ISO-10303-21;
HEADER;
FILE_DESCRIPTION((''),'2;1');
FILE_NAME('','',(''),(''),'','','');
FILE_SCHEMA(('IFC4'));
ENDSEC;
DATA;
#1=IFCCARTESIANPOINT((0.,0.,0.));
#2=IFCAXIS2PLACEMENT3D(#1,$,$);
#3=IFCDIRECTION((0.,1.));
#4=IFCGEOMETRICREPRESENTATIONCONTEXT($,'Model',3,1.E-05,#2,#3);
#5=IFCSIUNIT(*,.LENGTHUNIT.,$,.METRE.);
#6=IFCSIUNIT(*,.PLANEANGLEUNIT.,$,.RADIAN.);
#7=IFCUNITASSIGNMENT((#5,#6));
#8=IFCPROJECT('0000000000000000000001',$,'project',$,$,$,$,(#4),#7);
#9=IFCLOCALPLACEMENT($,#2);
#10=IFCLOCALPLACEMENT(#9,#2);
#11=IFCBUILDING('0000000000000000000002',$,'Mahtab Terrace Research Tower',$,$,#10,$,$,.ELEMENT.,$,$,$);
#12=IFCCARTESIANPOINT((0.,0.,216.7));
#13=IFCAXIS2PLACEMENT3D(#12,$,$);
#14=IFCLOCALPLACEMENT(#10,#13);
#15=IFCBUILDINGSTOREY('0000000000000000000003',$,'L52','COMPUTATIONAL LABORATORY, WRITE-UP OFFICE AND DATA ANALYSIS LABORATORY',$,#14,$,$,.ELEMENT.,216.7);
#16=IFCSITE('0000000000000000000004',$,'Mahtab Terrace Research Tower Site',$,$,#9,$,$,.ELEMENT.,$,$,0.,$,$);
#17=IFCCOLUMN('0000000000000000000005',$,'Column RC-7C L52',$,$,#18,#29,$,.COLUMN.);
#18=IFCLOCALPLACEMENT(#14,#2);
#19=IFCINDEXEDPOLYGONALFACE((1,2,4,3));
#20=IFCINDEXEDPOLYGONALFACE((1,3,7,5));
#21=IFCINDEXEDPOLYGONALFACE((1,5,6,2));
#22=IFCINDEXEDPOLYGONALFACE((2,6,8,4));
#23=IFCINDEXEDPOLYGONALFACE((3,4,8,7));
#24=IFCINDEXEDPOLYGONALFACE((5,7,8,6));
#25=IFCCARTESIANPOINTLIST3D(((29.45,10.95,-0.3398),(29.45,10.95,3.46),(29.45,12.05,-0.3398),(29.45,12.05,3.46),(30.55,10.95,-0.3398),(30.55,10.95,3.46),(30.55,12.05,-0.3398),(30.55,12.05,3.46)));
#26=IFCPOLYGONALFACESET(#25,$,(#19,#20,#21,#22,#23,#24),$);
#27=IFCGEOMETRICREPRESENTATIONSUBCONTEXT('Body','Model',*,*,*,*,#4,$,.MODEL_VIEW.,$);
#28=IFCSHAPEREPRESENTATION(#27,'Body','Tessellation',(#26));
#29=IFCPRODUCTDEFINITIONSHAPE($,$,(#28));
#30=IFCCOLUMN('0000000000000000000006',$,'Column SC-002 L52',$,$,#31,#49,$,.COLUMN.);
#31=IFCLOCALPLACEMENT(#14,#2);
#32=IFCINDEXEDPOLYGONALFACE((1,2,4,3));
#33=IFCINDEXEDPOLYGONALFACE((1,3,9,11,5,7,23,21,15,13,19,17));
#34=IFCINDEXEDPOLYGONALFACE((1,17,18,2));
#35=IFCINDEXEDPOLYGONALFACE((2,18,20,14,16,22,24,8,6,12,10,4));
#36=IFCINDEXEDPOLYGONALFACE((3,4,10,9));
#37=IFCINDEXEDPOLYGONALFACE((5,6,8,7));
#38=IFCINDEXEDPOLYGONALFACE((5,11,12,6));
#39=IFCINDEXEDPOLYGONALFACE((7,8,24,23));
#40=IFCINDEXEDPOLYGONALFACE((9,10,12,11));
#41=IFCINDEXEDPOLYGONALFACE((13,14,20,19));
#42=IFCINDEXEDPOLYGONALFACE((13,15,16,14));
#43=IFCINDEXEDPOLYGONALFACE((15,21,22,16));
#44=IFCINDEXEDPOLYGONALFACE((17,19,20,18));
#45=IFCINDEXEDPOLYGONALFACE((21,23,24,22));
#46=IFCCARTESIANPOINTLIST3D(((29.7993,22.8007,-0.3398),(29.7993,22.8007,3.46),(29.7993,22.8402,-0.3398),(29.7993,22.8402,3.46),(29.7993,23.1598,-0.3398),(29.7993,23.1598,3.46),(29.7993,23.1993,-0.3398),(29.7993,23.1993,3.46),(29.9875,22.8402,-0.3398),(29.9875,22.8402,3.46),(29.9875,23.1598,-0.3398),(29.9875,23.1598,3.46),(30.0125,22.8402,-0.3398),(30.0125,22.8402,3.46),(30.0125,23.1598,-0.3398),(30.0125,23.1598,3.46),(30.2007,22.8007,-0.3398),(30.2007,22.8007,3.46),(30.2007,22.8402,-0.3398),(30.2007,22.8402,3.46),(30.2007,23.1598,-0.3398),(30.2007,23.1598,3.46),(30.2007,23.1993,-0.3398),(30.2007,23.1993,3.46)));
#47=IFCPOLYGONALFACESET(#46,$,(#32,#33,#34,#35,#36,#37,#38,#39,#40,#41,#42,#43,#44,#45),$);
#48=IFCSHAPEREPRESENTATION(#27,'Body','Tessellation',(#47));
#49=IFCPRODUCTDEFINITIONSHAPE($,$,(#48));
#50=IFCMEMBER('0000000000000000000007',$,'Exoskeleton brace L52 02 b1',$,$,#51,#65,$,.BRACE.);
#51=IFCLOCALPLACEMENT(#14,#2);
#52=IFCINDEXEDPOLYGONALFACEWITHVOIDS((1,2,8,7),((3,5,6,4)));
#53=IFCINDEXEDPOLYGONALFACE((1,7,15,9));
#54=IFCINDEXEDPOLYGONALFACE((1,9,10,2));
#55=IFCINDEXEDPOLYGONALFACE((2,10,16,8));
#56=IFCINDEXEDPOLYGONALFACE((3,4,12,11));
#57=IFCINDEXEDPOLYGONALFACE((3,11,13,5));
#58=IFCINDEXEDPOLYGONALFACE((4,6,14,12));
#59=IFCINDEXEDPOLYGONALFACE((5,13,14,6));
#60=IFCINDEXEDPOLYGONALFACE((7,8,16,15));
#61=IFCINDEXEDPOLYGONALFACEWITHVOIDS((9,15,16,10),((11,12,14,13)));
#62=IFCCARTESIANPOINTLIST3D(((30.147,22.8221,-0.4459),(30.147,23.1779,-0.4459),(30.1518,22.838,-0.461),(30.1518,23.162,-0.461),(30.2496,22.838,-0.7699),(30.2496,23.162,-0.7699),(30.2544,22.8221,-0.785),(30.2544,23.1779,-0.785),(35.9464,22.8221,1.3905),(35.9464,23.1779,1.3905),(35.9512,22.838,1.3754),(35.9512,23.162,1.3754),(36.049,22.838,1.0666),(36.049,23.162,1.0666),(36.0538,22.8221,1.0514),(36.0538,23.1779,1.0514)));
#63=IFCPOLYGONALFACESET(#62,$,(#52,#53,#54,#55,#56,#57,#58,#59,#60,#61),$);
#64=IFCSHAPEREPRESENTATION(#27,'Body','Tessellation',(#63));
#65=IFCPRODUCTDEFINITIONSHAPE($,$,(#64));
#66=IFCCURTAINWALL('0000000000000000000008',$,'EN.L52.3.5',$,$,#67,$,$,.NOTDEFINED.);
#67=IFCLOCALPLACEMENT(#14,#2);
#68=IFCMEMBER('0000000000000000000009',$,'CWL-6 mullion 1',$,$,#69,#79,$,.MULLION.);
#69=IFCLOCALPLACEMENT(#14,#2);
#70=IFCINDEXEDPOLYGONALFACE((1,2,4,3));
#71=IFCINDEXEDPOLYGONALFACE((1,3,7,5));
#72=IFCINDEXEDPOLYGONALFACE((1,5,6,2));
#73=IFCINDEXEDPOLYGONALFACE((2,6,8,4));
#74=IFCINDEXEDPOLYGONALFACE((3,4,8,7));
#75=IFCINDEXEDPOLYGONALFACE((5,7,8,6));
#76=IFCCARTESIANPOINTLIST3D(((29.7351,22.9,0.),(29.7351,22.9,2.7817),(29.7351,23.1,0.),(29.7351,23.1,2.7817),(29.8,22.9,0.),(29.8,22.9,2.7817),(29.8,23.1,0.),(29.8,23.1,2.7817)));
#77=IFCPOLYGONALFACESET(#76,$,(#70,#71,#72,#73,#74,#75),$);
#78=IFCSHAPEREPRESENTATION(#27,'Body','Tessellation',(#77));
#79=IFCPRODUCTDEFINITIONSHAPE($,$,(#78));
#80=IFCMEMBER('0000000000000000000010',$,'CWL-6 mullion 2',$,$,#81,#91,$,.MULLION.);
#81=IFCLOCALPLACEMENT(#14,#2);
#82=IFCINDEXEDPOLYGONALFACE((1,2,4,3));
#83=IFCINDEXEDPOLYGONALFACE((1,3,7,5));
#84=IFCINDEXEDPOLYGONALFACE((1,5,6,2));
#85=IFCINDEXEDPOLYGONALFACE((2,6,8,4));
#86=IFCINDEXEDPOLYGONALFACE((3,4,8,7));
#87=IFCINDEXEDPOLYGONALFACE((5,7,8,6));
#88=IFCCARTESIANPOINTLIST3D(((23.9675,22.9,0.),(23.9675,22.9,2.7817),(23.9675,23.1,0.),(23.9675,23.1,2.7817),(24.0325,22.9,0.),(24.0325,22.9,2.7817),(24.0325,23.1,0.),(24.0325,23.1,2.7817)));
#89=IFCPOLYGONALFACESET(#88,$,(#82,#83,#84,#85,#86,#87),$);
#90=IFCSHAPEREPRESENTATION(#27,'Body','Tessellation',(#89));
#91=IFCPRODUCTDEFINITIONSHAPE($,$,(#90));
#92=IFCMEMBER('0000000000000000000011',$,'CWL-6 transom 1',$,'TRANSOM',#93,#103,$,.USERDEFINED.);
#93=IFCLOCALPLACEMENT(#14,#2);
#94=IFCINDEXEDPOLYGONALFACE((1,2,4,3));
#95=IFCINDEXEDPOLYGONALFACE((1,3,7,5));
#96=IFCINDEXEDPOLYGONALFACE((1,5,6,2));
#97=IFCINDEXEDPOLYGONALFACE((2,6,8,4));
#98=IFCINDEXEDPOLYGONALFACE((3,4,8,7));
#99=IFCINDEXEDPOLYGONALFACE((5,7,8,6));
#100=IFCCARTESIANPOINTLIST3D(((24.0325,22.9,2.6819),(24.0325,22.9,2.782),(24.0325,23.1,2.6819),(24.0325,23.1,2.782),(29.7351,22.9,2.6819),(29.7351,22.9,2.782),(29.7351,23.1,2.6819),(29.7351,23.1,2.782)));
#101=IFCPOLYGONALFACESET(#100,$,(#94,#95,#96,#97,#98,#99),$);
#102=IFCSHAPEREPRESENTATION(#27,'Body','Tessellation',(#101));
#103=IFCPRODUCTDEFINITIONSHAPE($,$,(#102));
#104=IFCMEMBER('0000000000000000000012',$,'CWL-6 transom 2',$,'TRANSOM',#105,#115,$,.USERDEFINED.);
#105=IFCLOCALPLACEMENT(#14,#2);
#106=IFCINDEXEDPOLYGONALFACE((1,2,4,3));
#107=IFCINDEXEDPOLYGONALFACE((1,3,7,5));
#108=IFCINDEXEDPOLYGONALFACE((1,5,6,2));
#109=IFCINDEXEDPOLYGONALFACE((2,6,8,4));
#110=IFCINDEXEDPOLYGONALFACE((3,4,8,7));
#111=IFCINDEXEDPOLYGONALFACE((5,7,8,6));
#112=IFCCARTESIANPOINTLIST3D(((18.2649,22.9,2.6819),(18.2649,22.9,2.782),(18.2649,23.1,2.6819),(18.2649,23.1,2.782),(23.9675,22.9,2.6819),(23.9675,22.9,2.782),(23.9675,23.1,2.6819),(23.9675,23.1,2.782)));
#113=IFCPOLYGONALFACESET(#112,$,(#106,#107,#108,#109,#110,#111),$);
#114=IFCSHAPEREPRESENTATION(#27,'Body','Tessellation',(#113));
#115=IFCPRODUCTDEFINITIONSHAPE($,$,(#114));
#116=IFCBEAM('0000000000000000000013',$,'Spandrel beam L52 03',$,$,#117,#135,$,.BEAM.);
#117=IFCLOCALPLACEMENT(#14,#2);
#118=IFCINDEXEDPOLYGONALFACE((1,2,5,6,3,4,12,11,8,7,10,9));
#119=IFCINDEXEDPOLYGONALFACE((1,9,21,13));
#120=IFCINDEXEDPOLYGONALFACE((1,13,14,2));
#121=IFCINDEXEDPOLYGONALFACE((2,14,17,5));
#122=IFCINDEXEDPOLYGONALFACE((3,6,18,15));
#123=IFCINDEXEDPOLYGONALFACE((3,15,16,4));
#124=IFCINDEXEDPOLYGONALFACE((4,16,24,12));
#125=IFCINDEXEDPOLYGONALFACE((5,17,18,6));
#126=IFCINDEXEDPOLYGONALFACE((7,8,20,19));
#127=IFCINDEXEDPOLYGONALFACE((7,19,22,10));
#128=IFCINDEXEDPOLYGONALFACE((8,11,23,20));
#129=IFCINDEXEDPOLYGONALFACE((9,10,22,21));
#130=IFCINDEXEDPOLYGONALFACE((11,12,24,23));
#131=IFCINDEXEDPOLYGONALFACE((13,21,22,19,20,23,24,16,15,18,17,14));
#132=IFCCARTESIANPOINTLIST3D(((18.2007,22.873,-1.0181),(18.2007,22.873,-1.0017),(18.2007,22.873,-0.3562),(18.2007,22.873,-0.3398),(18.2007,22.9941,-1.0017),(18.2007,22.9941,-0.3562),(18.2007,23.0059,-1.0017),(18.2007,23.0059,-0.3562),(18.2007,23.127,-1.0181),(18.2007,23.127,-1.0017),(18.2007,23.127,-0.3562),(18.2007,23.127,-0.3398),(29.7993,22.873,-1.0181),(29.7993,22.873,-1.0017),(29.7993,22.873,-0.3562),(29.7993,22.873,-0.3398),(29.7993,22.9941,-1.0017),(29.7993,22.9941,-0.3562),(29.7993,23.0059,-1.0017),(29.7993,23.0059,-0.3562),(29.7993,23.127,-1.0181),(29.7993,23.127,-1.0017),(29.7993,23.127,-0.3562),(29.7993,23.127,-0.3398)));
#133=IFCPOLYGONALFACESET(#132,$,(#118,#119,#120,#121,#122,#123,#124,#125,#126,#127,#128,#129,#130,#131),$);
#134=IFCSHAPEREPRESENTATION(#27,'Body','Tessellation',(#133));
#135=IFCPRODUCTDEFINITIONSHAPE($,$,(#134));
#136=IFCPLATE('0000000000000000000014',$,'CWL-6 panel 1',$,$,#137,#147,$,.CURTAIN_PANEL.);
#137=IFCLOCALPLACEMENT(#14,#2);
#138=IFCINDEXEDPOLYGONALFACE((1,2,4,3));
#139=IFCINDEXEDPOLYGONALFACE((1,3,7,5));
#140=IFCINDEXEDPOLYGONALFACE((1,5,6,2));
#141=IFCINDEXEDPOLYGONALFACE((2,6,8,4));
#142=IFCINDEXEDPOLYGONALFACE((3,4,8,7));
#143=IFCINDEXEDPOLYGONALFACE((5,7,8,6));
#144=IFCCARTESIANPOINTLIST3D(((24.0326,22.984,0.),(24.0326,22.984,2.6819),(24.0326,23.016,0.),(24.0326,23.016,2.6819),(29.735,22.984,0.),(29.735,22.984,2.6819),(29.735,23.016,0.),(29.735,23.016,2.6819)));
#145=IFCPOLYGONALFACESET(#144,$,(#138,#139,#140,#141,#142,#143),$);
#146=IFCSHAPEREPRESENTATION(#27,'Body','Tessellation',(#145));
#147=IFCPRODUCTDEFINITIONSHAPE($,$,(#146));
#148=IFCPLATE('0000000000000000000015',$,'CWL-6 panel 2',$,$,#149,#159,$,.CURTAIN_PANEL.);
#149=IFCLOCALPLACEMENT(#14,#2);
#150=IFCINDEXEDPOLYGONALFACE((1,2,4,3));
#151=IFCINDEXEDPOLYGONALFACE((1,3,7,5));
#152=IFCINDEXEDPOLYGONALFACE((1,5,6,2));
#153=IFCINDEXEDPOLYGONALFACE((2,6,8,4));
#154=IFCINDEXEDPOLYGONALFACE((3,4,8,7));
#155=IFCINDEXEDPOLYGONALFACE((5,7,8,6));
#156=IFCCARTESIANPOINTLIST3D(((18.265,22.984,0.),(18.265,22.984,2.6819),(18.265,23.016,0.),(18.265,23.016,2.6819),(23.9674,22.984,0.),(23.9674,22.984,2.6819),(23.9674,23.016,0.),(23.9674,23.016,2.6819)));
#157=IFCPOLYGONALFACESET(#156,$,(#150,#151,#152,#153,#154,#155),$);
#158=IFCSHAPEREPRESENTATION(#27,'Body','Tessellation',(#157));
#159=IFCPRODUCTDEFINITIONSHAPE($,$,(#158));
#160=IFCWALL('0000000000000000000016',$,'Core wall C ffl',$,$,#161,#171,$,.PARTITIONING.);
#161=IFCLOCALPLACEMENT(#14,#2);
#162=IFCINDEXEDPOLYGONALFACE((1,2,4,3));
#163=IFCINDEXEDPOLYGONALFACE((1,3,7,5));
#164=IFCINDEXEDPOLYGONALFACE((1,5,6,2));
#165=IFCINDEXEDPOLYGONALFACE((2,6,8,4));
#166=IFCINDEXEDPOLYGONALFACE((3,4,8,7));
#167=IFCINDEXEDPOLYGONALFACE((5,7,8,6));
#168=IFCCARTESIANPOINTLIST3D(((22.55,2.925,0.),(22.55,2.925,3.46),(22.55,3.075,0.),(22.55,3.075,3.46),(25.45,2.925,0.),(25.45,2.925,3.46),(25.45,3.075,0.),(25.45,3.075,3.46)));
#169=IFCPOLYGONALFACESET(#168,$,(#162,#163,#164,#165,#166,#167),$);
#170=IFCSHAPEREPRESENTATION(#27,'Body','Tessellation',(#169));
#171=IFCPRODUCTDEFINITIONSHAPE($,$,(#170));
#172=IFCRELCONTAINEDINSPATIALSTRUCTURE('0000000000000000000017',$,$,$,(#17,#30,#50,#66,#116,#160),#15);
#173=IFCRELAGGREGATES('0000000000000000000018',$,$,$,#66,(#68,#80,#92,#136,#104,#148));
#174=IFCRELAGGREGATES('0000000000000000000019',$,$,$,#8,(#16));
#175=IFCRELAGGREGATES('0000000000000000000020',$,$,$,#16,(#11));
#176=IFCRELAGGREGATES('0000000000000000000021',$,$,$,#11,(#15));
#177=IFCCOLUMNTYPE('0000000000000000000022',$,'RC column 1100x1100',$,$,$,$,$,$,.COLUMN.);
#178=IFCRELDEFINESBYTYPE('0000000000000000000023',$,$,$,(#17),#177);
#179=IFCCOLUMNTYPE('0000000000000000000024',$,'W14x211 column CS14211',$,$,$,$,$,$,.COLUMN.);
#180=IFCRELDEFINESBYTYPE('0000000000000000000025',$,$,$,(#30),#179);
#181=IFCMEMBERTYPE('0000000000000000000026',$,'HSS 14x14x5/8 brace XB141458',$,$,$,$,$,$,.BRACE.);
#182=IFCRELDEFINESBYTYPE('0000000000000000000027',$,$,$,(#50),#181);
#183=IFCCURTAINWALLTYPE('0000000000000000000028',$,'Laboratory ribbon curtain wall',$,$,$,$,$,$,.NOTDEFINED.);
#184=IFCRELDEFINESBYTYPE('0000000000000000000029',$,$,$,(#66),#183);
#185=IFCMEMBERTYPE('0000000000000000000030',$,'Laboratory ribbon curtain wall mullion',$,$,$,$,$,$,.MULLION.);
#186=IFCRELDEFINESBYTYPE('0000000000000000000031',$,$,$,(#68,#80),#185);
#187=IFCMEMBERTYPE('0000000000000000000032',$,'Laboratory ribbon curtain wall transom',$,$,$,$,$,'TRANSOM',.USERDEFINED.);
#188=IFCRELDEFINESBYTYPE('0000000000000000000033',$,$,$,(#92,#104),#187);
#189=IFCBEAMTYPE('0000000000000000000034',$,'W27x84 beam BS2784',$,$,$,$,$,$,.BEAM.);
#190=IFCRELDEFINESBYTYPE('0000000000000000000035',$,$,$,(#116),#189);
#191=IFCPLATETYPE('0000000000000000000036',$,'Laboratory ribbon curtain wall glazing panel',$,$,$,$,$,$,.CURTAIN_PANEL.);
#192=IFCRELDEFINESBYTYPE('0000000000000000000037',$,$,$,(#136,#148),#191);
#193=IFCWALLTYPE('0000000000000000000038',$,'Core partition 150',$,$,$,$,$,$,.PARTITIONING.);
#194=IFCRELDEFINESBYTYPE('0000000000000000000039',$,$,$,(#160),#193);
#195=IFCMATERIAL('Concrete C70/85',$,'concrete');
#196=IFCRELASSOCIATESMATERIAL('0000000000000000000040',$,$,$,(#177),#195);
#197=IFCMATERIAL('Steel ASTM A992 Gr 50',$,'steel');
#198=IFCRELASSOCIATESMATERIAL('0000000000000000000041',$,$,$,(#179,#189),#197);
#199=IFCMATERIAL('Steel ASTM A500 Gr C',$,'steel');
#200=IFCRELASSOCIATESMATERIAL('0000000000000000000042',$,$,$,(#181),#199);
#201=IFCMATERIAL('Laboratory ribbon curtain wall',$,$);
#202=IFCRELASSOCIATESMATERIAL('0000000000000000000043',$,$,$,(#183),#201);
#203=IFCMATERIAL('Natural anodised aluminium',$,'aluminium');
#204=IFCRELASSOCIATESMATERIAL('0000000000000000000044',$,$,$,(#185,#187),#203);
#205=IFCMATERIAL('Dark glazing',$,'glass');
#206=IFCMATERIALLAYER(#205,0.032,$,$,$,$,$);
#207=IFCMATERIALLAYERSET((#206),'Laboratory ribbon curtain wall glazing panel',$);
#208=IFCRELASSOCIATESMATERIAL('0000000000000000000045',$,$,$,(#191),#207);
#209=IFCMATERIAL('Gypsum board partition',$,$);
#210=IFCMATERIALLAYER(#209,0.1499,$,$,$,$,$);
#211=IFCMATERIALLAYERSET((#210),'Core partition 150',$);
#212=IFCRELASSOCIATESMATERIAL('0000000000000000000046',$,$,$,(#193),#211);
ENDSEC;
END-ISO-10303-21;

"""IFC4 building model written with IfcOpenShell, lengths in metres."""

from ifc_helpers import new_model, si_unit, direction, frame, frame_2d, origin, origin_2d, place, context, subcontext, project, spatial, rectangle, hollow_rectangle, i_section, extrude, material, layer, layer_set, material_profile, profile_set, type_object, element, aggregate, save


model = new_model("IFC4")

# Units and contexts
model_context = context("Model", 3, precision=1e-05, world=origin(), true_north=direction((0.0, 1.0)))
body_context = subcontext(model_context, "Body", "Model", "MODEL_VIEW")
ifc_project = project(units=[si_unit("LENGTHUNIT", "METRE"), si_unit("PLANEANGLEUNIT", "RADIAN")], contexts=[model_context])

# Site, building, storey
site_placement = place(None, origin())
site = spatial("IfcSite", under=ifc_project, at=site_placement, Name="Mahtab Terrace Research Tower Site", CompositionType="ELEMENT", RefElevation=0.0)
building_placement = place(site_placement, origin())
building = spatial("IfcBuilding", under=site, at=building_placement, Name="Mahtab Terrace Research Tower", CompositionType="ELEMENT")
storey_placement = place(building_placement, frame((0.0, 0.0, 216.7)))
storey = spatial("IfcBuildingStorey", under=building, at=storey_placement, Name="L52", Description="COMPUTATIONAL LABORATORY, WRITE-UP OFFICE AND DATA ANALYSIS LABORATORY", CompositionType="ELEMENT", Elevation=216.7)

# Columns
ifc_material_1 = material(Name="Concrete C70/85", Category="concrete")
ifc_material_profile_1 = material_profile(ifc_material_1, rectangle(XDim=1.1001, YDim=1.1001, at=origin_2d()), Name="RC column 1100x1100")
ifc_profile_set_1 = profile_set([ifc_material_profile_1], Name="Concrete C70/85")
column_type_1 = type_object("IfcColumnType", Name="RC column 1100x1100", PredefinedType="COLUMN", material=ifc_profile_set_1)
column_1_placement = place(storey_placement, frame((30.0, 11.5, -0.3398), z_axis=(0.0, 0.0, 1.0), x_axis=(1.0, 0.0, 0.0)))
element("IfcColumn", 1, at=column_1_placement, inside=storey, type_object=column_type_1, Name="Column RC-7C L52", PredefinedType="COLUMN", context=body_context, shape_type="SweptSolid", body=[
    extrude(rectangle(XDim=1.1001, YDim=1.1001, at=origin_2d()), origin(), (0.0, 0.0, 1.0), 3.7998),
])
ifc_material_2 = material(Name="Steel ASTM A992 Gr 50", Category="steel")
ifc_material_profile_2 = material_profile(ifc_material_2, i_section(OverallWidth=0.4014, OverallDepth=0.3987, WebThickness=0.0249, FlangeThickness=0.0396, at=origin_2d()), Name="W14X211")
ifc_profile_set_2 = profile_set([ifc_material_profile_2], Name="Steel ASTM A992 Gr 50")
column_type_2 = type_object("IfcColumnType", Name="W14x211 column CS14211", PredefinedType="COLUMN", material=ifc_profile_set_2)
column_2_placement = place(storey_placement, frame((30.0, 23.0, -0.3398), z_axis=(0.0, 0.0, 1.0), x_axis=(1.0, 0.0, 0.0)))
element("IfcColumn", 2, at=column_2_placement, inside=storey, type_object=column_type_2, Name="Column SC-002 L52", PredefinedType="COLUMN", context=body_context, shape_type="SweptSolid", body=[
    extrude(i_section(OverallWidth=0.4014, OverallDepth=0.3987, WebThickness=0.0249, FlangeThickness=0.0396, at=origin_2d()), origin(), (0.0, 0.0, 1.0), 3.7998),
])

# Member
ifc_material_3 = material(Name="Steel ASTM A500 Gr C", Category="steel")
ifc_material_profile_3 = material_profile(ifc_material_3, hollow_rectangle(XDim=0.3557, YDim=0.3557, WallThickness=0.0159, at=origin_2d()), Name="HSS14X14X5/8")
ifc_profile_set_3 = profile_set([ifc_material_profile_3], Name="Steel ASTM A500 Gr C")
member_type_1 = type_object("IfcMemberType", Name="HSS 14x14x5/8 brace XB141458", PredefinedType="BRACE", material=ifc_profile_set_3)
member_1_placement = place(storey_placement, frame((30.2007, 23.0, -0.6155), z_axis=(0.953343, 0.0, 0.301888), x_axis=(0.0, 1.0, 0.0)))
element("IfcMember", 3, at=member_1_placement, inside=storey, type_object=member_type_1, Name="Exoskeleton brace L52 02 b1", PredefinedType="BRACE", context=body_context, shape_type="SweptSolid", body=[
    extrude(hollow_rectangle(XDim=0.3557, YDim=0.3557, WallThickness=0.0159, at=origin_2d()), origin(), (0.0, 0.0, 1.0), 6.0833),
])

# Curtain wall, members
ifc_material_4 = material(Name="Laboratory ribbon curtain wall")
curtain_wall_type = type_object("IfcCurtainWallType", Name="Laboratory ribbon curtain wall", PredefinedType="NOTDEFINED", material=ifc_material_4)
curtain_wall_placement = place(storey_placement, origin())
curtain_wall = element("IfcCurtainWall", 4, at=curtain_wall_placement, inside=storey, type_object=curtain_wall_type, Name="EN.L52.3.5", PredefinedType="NOTDEFINED")
ifc_material_5 = material(Name="Natural anodised aluminium", Category="aluminium")
ifc_material_profile_4 = material_profile(ifc_material_5, rectangle(XDim=0.2, YDim=0.0649, at=origin_2d()), Name="MULLION 65x200")
ifc_profile_set_4 = profile_set([ifc_material_profile_4], Name="Natural anodised aluminium")
member_type_2 = type_object("IfcMemberType", Name="Laboratory ribbon curtain wall mullion", PredefinedType="MULLION", material=ifc_profile_set_4)
member_2_placement = place(storey_placement, frame((29.7676, 23.0, 0.0), z_axis=(0.0, 0.0, 1.0), x_axis=(0.0, -1.0, 0.0)))
member_2 = element("IfcMember", 5, at=member_2_placement, type_object=member_type_2, Name="CWL-6 mullion 1", PredefinedType="MULLION", context=body_context, shape_type="SweptSolid", body=[
    extrude(rectangle(XDim=0.2, YDim=0.0649, at=origin_2d()), origin(), (0.0, 0.0, 1.0), 2.7817),
])
member_3_placement = place(storey_placement, frame((24.0, 23.0, 0.0), z_axis=(0.0, 0.0, 1.0), x_axis=(0.0, -1.0, 0.0)))
member_3 = element("IfcMember", 6, at=member_3_placement, type_object=member_type_2, Name="CWL-6 mullion 2", PredefinedType="MULLION", context=body_context, shape_type="SweptSolid", body=[
    extrude(rectangle(XDim=0.2, YDim=0.0649, at=origin_2d()), origin(), (0.0, 0.0, 1.0), 2.7817),
])
ifc_material_profile_5 = material_profile(ifc_material_5, rectangle(XDim=0.2, YDim=0.1001, at=origin_2d()), Name="TRANSOM 100x200")
ifc_profile_set_5 = profile_set([ifc_material_profile_5], Name="Natural anodised aluminium")
member_type_3 = type_object("IfcMemberType", Name="Laboratory ribbon curtain wall transom", ElementType="TRANSOM", PredefinedType="USERDEFINED", material=ifc_profile_set_5)
member_4_placement = place(storey_placement, frame((29.7351, 23.0, 2.7319), z_axis=(-1.0, 0.0, 0.0), x_axis=(0.0, -1.0, 0.0)))
member_4 = element("IfcMember", 7, at=member_4_placement, type_object=member_type_3, Name="CWL-6 transom 1", ObjectType="TRANSOM", PredefinedType="USERDEFINED", context=body_context, shape_type="SweptSolid", body=[
    extrude(rectangle(XDim=0.2, YDim=0.1001, at=origin_2d()), origin(), (0.0, 0.0, 1.0), 5.7026),
])
member_5_placement = place(storey_placement, frame((23.9675, 23.0, 2.7319), z_axis=(-1.0, 0.0, 0.0), x_axis=(0.0, -1.0, 0.0)))
member_5 = element("IfcMember", 8, at=member_5_placement, type_object=member_type_3, Name="CWL-6 transom 2", ObjectType="TRANSOM", PredefinedType="USERDEFINED", context=body_context, shape_type="SweptSolid", body=[
    extrude(rectangle(XDim=0.2, YDim=0.1001, at=origin_2d()), origin(), (0.0, 0.0, 1.0), 5.7026),
])

# Beam
ifc_material_profile_6 = material_profile(ifc_material_2, i_section(OverallWidth=0.2539, OverallDepth=0.6782, WebThickness=0.0117, FlangeThickness=0.0164, at=origin_2d()), Name="W27X84")
ifc_profile_set_6 = profile_set([ifc_material_profile_6], Name="Steel ASTM A992 Gr 50")
beam_type = type_object("IfcBeamType", Name="W27x84 beam BS2784", PredefinedType="BEAM", material=ifc_profile_set_6)
beam_placement = place(storey_placement, frame((29.7993, 23.0, -0.679), z_axis=(-1.0, 0.0, 0.0), x_axis=(0.0, -1.0, 0.0)))
element("IfcBeam", 9, at=beam_placement, inside=storey, type_object=beam_type, Name="Spandrel beam L52 03", PredefinedType="BEAM", context=body_context, shape_type="SweptSolid", body=[
    extrude(i_section(OverallWidth=0.2539, OverallDepth=0.6782, WebThickness=0.0117, FlangeThickness=0.0164, at=origin_2d()), origin(), (0.0, 0.0, 1.0), 11.5986),
])

# Plates
ifc_material_6 = material(Name="Dark glazing", Category="glass")
ifc_layer_1 = layer(ifc_material_6, 0.032)
ifc_layer_set_1 = layer_set([ifc_layer_1], Name="Laboratory ribbon curtain wall glazing panel")
plate_type = type_object("IfcPlateType", Name="Laboratory ribbon curtain wall glazing panel", PredefinedType="CURTAIN_PANEL", material=ifc_layer_set_1)
plate_1_placement = place(storey_placement, frame((26.8838, 23.0, 0.0), z_axis=(0.0, 0.0, 1.0), x_axis=(-1.0, 0.0, 0.0)))
plate_1 = element("IfcPlate", 10, at=plate_1_placement, type_object=plate_type, Name="CWL-6 panel 1", PredefinedType="CURTAIN_PANEL", context=body_context, shape_type="SweptSolid", body=[
    extrude(rectangle(XDim=5.7024, YDim=0.032, at=origin_2d()), origin(), (0.0, 0.0, 1.0), 2.6819),
])
plate_2_placement = place(storey_placement, frame((21.1162, 23.0, 0.0), z_axis=(0.0, 0.0, 1.0), x_axis=(-1.0, 0.0, 0.0)))
plate_2 = element("IfcPlate", 11, at=plate_2_placement, type_object=plate_type, Name="CWL-6 panel 2", PredefinedType="CURTAIN_PANEL", context=body_context, shape_type="SweptSolid", body=[
    extrude(rectangle(XDim=5.7024, YDim=0.032, at=origin_2d()), origin(), (0.0, 0.0, 1.0), 2.6819),
])
aggregate(curtain_wall, [member_2, member_3, member_4, plate_1, member_5, plate_2])

# Wall
ifc_material_7 = material(Name="Gypsum board partition")
ifc_layer_2 = layer(ifc_material_7, 0.1499)
ifc_layer_set_2 = layer_set([ifc_layer_2], Name="Core partition 150")
wall_type_1 = type_object("IfcWallType", Name="Core partition 150", PredefinedType="PARTITIONING", material=ifc_layer_set_2)
wall_1_placement = place(storey_placement, frame((22.55, 3.0, 0.0), z_axis=(0.0, 0.0, 1.0), x_axis=(1.0, 0.0, 0.0)))
element("IfcWall", 12, at=wall_1_placement, inside=storey, type_object=wall_type_1, Name="Core wall C ffl", PredefinedType="PARTITIONING", context=body_context, shape_type="SweptSolid", body=[
    extrude(rectangle(XDim=2.8999, YDim=0.1499, at=frame_2d((1.45, 0.0))), origin(), (0.0, 0.0, 1.0), 3.46),
])

save(model, "model.ifc")
